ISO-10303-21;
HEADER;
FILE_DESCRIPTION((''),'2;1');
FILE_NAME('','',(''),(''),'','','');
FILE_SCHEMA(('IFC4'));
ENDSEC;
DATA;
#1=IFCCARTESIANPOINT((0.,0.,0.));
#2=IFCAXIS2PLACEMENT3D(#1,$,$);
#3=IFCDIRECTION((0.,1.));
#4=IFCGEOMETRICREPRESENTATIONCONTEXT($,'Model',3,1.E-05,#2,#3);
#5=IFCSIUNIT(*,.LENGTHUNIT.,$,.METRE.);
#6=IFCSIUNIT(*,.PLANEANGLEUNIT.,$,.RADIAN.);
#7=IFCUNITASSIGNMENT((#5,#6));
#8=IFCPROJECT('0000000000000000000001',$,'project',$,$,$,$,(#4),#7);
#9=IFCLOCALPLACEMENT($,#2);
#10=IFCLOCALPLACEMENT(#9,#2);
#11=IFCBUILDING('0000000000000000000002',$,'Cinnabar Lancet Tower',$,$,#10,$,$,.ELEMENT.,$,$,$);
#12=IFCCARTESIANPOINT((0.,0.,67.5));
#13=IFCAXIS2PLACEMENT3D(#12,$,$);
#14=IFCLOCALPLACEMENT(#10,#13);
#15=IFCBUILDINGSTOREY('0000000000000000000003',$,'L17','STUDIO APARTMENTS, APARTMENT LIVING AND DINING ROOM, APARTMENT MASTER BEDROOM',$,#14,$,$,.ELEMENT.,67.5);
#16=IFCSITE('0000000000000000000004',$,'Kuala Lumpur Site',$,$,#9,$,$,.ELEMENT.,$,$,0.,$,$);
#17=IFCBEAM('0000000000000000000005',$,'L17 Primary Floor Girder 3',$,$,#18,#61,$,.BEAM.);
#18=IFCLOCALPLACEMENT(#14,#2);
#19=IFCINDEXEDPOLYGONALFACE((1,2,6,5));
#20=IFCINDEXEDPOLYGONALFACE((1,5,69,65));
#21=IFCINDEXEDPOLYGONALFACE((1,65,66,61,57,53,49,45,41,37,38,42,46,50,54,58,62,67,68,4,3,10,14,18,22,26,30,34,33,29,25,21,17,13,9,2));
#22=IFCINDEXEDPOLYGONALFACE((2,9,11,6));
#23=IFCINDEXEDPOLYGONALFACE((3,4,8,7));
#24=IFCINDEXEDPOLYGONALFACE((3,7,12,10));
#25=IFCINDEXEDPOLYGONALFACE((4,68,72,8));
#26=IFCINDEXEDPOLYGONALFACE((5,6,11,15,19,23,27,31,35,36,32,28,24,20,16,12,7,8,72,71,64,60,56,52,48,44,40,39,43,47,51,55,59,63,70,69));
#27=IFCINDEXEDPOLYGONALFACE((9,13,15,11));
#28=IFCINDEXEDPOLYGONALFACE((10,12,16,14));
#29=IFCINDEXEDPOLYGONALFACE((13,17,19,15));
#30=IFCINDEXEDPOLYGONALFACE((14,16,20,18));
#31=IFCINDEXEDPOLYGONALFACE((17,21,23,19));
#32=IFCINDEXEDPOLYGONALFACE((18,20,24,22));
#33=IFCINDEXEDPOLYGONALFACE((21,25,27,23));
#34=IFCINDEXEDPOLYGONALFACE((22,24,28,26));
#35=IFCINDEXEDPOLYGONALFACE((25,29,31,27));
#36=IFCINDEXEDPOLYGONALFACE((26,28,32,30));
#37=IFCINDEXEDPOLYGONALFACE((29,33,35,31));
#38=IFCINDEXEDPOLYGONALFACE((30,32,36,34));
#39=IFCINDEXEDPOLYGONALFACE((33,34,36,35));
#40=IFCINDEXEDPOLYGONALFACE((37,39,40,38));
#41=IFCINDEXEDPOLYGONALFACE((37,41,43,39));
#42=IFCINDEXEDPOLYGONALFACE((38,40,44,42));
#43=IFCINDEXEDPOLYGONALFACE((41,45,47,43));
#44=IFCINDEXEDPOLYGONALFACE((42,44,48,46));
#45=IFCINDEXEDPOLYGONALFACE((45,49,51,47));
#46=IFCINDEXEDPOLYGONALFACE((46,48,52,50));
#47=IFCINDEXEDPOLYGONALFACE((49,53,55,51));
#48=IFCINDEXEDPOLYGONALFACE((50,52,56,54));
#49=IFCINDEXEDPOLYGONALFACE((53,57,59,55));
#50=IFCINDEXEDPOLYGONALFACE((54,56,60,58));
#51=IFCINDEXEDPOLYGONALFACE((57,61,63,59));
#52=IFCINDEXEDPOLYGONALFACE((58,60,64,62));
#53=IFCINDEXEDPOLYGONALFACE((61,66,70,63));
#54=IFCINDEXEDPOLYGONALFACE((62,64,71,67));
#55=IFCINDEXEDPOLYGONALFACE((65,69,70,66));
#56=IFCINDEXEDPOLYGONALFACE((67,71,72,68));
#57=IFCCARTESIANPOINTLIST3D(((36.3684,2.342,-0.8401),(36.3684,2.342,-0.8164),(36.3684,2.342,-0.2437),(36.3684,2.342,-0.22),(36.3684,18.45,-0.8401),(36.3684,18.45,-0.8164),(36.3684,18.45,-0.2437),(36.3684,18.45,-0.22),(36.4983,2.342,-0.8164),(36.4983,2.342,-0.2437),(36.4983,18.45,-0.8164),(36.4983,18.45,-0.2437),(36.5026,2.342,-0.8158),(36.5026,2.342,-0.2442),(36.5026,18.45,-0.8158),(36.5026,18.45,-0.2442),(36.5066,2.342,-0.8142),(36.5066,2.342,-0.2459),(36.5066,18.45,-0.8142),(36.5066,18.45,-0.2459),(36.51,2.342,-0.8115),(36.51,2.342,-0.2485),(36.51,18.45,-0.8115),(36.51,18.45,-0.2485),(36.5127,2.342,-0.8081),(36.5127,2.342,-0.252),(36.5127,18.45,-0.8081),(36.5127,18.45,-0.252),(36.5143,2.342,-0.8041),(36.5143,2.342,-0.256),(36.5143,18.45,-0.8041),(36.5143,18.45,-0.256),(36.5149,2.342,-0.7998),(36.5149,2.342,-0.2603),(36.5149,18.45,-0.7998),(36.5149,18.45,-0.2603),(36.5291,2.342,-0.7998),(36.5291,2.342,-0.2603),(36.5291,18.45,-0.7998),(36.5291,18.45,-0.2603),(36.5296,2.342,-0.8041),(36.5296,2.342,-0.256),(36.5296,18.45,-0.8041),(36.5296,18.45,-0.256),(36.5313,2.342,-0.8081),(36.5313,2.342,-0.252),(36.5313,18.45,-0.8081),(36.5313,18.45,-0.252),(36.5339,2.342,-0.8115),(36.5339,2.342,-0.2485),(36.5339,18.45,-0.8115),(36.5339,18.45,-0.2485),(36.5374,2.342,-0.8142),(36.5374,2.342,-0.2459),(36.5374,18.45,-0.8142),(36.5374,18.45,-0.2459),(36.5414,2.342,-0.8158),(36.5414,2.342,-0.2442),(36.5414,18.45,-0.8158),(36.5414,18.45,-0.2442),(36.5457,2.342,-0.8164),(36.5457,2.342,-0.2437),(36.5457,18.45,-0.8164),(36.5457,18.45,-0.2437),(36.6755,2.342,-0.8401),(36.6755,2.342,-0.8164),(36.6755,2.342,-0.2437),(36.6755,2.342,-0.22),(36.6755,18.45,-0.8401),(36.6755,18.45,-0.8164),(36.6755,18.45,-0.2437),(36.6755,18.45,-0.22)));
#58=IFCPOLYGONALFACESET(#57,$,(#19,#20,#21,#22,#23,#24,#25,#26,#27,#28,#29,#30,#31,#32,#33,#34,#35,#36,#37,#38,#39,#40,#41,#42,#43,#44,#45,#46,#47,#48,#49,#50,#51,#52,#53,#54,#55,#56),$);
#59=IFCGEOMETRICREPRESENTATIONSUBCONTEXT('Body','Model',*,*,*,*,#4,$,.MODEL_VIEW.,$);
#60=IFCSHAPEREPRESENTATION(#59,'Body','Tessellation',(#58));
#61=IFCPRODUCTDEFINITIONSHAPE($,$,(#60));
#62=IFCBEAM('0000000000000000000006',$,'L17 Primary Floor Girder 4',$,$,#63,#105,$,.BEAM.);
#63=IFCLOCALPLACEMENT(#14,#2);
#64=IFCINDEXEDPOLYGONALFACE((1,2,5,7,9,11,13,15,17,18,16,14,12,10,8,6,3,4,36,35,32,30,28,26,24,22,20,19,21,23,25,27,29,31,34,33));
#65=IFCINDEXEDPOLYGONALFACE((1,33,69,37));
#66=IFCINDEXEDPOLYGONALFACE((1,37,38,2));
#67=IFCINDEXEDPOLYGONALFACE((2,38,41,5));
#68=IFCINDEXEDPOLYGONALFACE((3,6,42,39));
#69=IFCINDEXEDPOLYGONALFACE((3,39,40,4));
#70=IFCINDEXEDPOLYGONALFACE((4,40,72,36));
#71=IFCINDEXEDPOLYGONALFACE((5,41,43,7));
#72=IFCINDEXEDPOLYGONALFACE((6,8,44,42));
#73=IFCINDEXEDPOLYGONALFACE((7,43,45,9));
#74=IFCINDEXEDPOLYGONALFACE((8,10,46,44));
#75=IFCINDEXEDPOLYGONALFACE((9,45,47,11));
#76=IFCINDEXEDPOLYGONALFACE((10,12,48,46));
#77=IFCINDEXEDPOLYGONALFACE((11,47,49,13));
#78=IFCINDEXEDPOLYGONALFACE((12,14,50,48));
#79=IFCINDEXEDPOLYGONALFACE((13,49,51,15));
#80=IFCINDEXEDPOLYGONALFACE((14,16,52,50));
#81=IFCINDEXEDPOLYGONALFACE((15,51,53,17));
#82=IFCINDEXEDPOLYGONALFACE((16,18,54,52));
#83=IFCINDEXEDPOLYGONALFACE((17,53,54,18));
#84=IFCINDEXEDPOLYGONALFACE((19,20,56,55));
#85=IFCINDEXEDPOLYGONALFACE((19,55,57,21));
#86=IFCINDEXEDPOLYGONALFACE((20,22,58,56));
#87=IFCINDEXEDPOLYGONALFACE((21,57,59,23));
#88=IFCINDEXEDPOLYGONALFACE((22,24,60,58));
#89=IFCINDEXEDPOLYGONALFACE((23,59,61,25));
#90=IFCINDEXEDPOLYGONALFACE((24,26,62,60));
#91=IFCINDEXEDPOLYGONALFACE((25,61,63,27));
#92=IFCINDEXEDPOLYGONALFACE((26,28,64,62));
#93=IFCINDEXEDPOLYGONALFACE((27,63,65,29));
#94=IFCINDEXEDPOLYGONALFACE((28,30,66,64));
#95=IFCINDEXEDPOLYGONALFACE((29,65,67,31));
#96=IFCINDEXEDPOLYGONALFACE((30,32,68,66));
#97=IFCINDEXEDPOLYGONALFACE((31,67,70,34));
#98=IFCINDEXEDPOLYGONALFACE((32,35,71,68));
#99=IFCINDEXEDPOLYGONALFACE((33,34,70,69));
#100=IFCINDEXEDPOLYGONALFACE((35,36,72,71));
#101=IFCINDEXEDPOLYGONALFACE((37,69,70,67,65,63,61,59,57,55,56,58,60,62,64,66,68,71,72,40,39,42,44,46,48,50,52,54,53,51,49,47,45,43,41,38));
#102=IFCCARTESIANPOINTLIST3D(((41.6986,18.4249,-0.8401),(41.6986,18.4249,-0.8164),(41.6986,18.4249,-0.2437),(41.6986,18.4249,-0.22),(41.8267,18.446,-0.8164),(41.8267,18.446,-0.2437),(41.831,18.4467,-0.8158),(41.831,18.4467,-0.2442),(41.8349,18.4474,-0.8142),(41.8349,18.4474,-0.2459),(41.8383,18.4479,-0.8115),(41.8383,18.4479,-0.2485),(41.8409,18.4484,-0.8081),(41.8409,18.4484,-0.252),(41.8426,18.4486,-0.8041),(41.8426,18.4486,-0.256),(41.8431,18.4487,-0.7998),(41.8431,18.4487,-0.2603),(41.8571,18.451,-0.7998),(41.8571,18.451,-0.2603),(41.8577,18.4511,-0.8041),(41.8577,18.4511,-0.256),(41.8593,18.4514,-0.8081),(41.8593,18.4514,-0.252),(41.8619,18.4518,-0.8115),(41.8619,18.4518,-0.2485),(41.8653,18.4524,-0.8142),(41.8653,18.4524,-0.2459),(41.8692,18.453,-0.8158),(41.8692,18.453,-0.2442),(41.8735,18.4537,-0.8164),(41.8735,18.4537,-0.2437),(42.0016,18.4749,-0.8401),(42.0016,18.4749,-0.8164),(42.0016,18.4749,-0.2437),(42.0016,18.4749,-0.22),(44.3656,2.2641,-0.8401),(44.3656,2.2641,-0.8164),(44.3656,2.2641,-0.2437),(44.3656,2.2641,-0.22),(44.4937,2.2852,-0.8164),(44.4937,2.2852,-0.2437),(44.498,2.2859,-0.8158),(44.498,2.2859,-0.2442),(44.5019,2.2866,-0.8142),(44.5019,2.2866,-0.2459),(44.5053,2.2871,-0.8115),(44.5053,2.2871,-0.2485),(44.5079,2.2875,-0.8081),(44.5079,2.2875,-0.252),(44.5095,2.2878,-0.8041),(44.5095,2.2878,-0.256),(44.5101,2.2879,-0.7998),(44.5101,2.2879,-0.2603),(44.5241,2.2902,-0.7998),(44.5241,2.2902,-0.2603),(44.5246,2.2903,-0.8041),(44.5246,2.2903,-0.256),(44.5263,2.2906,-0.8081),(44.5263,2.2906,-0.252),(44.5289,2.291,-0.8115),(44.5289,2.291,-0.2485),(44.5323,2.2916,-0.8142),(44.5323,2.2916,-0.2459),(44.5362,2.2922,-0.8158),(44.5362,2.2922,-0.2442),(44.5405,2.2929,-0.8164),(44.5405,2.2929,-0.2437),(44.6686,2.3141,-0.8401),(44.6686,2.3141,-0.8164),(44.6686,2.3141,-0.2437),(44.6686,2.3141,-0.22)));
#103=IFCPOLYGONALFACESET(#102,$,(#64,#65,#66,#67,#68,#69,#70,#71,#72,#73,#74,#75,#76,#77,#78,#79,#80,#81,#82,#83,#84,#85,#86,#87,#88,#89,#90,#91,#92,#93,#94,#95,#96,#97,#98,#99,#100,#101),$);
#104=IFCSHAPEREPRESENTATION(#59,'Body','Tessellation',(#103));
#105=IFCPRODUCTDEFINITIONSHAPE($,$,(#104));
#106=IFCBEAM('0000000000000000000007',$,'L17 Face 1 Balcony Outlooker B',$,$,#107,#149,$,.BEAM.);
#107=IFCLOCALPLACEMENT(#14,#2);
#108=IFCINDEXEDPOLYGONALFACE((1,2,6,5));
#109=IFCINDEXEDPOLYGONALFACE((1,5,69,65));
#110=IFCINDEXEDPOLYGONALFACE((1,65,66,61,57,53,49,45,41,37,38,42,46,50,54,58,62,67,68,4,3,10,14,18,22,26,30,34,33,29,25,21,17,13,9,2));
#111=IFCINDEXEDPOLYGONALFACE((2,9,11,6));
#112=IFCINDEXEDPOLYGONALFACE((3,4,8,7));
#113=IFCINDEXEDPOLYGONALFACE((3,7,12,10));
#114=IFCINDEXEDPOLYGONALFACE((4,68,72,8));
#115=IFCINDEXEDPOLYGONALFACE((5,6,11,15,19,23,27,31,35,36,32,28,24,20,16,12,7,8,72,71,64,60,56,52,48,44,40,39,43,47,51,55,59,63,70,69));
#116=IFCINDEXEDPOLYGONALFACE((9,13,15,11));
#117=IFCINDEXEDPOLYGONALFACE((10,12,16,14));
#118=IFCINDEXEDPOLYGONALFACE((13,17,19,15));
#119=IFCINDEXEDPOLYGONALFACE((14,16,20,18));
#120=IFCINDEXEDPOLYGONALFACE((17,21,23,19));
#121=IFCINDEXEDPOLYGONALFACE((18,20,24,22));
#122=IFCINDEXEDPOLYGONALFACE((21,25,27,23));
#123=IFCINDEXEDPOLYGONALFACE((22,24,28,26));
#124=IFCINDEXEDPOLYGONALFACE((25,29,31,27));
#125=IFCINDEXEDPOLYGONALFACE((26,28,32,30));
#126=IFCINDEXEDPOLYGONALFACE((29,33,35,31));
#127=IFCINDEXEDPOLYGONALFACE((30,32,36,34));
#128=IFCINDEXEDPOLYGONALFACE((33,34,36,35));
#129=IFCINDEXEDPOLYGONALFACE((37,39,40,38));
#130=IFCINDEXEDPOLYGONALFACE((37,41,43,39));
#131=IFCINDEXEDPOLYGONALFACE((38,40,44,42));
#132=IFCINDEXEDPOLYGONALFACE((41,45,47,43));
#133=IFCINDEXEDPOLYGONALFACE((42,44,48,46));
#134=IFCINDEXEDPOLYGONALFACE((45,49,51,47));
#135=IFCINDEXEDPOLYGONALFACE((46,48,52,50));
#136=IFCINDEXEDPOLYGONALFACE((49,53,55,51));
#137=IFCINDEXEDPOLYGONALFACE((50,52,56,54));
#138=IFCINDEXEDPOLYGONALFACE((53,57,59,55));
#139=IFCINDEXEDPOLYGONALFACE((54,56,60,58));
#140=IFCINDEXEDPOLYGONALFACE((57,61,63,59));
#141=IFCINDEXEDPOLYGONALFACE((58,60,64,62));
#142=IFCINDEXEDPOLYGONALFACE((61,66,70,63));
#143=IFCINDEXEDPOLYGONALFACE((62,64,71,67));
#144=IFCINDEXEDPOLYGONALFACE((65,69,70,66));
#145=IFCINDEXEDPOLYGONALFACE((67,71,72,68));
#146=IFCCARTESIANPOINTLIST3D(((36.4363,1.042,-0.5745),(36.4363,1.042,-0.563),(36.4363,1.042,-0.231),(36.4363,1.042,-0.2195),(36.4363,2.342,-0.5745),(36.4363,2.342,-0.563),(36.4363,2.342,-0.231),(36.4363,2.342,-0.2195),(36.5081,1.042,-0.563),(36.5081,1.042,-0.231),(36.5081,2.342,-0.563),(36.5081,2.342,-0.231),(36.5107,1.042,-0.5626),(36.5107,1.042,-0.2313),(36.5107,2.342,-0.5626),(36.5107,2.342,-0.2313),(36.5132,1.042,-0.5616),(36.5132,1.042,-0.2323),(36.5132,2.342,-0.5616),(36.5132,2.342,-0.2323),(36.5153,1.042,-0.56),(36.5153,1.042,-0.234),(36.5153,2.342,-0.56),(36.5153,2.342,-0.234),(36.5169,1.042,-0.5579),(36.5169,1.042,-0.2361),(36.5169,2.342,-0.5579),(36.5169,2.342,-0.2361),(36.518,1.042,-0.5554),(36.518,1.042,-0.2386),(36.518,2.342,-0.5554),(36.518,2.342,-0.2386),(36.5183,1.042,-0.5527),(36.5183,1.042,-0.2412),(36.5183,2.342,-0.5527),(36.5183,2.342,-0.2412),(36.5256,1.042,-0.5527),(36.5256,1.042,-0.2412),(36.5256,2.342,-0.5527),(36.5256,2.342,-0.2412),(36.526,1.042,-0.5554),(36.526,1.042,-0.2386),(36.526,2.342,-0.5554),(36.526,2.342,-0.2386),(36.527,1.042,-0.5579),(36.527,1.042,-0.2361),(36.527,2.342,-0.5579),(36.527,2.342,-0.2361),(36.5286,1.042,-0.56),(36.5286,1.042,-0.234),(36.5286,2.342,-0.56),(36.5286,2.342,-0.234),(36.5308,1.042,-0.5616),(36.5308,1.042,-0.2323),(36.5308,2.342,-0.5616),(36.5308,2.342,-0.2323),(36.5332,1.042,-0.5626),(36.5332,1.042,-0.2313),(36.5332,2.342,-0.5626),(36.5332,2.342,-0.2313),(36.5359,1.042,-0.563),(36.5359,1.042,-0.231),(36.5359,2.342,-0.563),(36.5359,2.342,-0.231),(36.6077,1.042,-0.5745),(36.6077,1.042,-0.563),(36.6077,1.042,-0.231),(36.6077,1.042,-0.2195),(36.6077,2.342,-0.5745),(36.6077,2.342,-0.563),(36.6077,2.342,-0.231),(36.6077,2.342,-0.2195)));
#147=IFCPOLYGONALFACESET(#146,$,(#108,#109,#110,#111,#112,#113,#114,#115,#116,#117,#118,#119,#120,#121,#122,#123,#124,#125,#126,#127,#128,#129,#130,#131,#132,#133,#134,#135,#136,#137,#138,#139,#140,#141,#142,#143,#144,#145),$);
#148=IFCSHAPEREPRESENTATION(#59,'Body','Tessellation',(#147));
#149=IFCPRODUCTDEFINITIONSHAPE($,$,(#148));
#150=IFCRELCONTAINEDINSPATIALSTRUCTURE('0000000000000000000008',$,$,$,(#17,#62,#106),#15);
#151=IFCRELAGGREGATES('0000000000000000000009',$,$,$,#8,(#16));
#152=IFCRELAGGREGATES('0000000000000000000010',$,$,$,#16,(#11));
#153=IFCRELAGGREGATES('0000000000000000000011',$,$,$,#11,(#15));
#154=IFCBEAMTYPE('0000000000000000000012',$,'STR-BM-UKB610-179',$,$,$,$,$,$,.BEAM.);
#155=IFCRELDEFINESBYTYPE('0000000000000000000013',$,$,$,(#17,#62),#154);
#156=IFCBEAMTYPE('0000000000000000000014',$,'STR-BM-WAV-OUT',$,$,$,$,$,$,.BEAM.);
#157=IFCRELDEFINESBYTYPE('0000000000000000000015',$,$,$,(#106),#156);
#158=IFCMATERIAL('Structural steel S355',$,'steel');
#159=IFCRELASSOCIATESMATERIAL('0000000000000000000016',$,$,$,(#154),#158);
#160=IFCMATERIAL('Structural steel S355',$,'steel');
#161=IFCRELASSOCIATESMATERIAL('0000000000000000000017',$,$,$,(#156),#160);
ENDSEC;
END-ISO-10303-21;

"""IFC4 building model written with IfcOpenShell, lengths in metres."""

from ifc_helpers import new_model, si_unit, direction, frame, origin, origin_2d, place, context, subcontext, project, spatial, i_section, extrude, material, material_profile, profile_set, type_object, element, save


model = new_model("IFC4")

# Units and contexts
model_context = context("Model", 3, precision=1e-05, world=origin(), true_north=direction((0.0, 1.0)))
body_context = subcontext(model_context, "Body", "Model", "MODEL_VIEW")
ifc_project = project(units=[si_unit("LENGTHUNIT", "METRE"), si_unit("PLANEANGLEUNIT", "RADIAN")], contexts=[model_context])

# Site, building, storey
site_placement = place(None, origin())
site = spatial("IfcSite", under=ifc_project, at=site_placement, Name="Kuala Lumpur Site", CompositionType="ELEMENT", RefElevation=0.0)
building_placement = place(site_placement, origin())
building = spatial("IfcBuilding", under=site, at=building_placement, Name="Cinnabar Lancet Tower", CompositionType="ELEMENT")
storey_placement = place(building_placement, frame((0.0, 0.0, 67.5)))
storey = spatial("IfcBuildingStorey", under=building, at=storey_placement, Name="L17", Description="STUDIO APARTMENTS, APARTMENT LIVING AND DINING ROOM, APARTMENT MASTER BEDROOM", CompositionType="ELEMENT", Elevation=67.5)

# Beams
ifc_material_1 = material(Name="Structural steel S355", Category="steel")
ifc_material_profile_1 = material_profile(ifc_material_1, i_section(OverallWidth=0.3071, OverallDepth=0.6201, WebThickness=0.0142, FlangeThickness=0.0237, FilletRadius=0.0166, at=origin_2d()), Name="UKB 610x305x179")
ifc_profile_set_1 = profile_set([ifc_material_profile_1], Name="Structural steel S355")
beam_type_1 = type_object("IfcBeamType", Name="STR-BM-UKB610-179", PredefinedType="BEAM", material=ifc_profile_set_1)
beam_1_placement = place(storey_placement, frame((36.522, 2.342, -0.53), z_axis=(0.0, 1.0, 0.0), x_axis=(-1.0, 0.0, 0.0)))
element("IfcBeam", 1, at=beam_1_placement, inside=storey, type_object=beam_type_1, Name="L17 Primary Floor Girder 3", PredefinedType="BEAM", context=body_context, shape_type="SweptSolid", body=[
    extrude(i_section(OverallWidth=0.3071, OverallDepth=0.6201, WebThickness=0.0142, FlangeThickness=0.0237, FilletRadius=0.0166, at=origin_2d()), origin(), (0.0, 0.0, 1.0), 16.1079),
])
beam_2_placement = place(storey_placement, frame((44.5171, 2.2891, -0.53), z_axis=(-0.162825, 0.986655, 0.0), x_axis=(-0.986655, -0.162825, 0.0)))
element("IfcBeam", 2, at=beam_2_placement, inside=storey, type_object=beam_type_1, Name="L17 Primary Floor Girder 4", PredefinedType="BEAM", context=body_context, shape_type="SweptSolid", body=[
    extrude(i_section(OverallWidth=0.3071, OverallDepth=0.6201, WebThickness=0.0142, FlangeThickness=0.0237, FilletRadius=0.0166, at=origin_2d()), origin(), (0.0, 0.0, 1.0), 16.3794),
])
ifc_material_2 = material(Name="Structural steel S355", Category="steel")
ifc_material_profile_2 = material_profile(ifc_material_2, i_section(OverallWidth=0.1714, OverallDepth=0.355, WebThickness=0.0073, FlangeThickness=0.0115, FilletRadius=0.0103, at=origin_2d()), Name="UKB 356x171x51")
ifc_profile_set_2 = profile_set([ifc_material_profile_2], Name="Structural steel S355")
beam_type_2 = type_object("IfcBeamType", Name="STR-BM-WAV-OUT", PredefinedType="BEAM", material=ifc_profile_set_2)
beam_3_placement = place(storey_placement, frame((36.522, 2.342, -0.397), z_axis=(0.0, -1.0, 0.0), x_axis=(1.0, 0.0, 0.0)))
element("IfcBeam", 3, at=beam_3_placement, inside=storey, type_object=beam_type_2, Name="L17 Face 1 Balcony Outlooker B", PredefinedType="BEAM", context=body_context, shape_type="SweptSolid", body=[
    extrude(i_section(OverallWidth=0.1714, OverallDepth=0.355, WebThickness=0.0073, FlangeThickness=0.0115, FilletRadius=0.0103, at=origin_2d()), origin(), (0.0, 0.0, 1.0), 1.3),
])

save(model, "model.ifc")
